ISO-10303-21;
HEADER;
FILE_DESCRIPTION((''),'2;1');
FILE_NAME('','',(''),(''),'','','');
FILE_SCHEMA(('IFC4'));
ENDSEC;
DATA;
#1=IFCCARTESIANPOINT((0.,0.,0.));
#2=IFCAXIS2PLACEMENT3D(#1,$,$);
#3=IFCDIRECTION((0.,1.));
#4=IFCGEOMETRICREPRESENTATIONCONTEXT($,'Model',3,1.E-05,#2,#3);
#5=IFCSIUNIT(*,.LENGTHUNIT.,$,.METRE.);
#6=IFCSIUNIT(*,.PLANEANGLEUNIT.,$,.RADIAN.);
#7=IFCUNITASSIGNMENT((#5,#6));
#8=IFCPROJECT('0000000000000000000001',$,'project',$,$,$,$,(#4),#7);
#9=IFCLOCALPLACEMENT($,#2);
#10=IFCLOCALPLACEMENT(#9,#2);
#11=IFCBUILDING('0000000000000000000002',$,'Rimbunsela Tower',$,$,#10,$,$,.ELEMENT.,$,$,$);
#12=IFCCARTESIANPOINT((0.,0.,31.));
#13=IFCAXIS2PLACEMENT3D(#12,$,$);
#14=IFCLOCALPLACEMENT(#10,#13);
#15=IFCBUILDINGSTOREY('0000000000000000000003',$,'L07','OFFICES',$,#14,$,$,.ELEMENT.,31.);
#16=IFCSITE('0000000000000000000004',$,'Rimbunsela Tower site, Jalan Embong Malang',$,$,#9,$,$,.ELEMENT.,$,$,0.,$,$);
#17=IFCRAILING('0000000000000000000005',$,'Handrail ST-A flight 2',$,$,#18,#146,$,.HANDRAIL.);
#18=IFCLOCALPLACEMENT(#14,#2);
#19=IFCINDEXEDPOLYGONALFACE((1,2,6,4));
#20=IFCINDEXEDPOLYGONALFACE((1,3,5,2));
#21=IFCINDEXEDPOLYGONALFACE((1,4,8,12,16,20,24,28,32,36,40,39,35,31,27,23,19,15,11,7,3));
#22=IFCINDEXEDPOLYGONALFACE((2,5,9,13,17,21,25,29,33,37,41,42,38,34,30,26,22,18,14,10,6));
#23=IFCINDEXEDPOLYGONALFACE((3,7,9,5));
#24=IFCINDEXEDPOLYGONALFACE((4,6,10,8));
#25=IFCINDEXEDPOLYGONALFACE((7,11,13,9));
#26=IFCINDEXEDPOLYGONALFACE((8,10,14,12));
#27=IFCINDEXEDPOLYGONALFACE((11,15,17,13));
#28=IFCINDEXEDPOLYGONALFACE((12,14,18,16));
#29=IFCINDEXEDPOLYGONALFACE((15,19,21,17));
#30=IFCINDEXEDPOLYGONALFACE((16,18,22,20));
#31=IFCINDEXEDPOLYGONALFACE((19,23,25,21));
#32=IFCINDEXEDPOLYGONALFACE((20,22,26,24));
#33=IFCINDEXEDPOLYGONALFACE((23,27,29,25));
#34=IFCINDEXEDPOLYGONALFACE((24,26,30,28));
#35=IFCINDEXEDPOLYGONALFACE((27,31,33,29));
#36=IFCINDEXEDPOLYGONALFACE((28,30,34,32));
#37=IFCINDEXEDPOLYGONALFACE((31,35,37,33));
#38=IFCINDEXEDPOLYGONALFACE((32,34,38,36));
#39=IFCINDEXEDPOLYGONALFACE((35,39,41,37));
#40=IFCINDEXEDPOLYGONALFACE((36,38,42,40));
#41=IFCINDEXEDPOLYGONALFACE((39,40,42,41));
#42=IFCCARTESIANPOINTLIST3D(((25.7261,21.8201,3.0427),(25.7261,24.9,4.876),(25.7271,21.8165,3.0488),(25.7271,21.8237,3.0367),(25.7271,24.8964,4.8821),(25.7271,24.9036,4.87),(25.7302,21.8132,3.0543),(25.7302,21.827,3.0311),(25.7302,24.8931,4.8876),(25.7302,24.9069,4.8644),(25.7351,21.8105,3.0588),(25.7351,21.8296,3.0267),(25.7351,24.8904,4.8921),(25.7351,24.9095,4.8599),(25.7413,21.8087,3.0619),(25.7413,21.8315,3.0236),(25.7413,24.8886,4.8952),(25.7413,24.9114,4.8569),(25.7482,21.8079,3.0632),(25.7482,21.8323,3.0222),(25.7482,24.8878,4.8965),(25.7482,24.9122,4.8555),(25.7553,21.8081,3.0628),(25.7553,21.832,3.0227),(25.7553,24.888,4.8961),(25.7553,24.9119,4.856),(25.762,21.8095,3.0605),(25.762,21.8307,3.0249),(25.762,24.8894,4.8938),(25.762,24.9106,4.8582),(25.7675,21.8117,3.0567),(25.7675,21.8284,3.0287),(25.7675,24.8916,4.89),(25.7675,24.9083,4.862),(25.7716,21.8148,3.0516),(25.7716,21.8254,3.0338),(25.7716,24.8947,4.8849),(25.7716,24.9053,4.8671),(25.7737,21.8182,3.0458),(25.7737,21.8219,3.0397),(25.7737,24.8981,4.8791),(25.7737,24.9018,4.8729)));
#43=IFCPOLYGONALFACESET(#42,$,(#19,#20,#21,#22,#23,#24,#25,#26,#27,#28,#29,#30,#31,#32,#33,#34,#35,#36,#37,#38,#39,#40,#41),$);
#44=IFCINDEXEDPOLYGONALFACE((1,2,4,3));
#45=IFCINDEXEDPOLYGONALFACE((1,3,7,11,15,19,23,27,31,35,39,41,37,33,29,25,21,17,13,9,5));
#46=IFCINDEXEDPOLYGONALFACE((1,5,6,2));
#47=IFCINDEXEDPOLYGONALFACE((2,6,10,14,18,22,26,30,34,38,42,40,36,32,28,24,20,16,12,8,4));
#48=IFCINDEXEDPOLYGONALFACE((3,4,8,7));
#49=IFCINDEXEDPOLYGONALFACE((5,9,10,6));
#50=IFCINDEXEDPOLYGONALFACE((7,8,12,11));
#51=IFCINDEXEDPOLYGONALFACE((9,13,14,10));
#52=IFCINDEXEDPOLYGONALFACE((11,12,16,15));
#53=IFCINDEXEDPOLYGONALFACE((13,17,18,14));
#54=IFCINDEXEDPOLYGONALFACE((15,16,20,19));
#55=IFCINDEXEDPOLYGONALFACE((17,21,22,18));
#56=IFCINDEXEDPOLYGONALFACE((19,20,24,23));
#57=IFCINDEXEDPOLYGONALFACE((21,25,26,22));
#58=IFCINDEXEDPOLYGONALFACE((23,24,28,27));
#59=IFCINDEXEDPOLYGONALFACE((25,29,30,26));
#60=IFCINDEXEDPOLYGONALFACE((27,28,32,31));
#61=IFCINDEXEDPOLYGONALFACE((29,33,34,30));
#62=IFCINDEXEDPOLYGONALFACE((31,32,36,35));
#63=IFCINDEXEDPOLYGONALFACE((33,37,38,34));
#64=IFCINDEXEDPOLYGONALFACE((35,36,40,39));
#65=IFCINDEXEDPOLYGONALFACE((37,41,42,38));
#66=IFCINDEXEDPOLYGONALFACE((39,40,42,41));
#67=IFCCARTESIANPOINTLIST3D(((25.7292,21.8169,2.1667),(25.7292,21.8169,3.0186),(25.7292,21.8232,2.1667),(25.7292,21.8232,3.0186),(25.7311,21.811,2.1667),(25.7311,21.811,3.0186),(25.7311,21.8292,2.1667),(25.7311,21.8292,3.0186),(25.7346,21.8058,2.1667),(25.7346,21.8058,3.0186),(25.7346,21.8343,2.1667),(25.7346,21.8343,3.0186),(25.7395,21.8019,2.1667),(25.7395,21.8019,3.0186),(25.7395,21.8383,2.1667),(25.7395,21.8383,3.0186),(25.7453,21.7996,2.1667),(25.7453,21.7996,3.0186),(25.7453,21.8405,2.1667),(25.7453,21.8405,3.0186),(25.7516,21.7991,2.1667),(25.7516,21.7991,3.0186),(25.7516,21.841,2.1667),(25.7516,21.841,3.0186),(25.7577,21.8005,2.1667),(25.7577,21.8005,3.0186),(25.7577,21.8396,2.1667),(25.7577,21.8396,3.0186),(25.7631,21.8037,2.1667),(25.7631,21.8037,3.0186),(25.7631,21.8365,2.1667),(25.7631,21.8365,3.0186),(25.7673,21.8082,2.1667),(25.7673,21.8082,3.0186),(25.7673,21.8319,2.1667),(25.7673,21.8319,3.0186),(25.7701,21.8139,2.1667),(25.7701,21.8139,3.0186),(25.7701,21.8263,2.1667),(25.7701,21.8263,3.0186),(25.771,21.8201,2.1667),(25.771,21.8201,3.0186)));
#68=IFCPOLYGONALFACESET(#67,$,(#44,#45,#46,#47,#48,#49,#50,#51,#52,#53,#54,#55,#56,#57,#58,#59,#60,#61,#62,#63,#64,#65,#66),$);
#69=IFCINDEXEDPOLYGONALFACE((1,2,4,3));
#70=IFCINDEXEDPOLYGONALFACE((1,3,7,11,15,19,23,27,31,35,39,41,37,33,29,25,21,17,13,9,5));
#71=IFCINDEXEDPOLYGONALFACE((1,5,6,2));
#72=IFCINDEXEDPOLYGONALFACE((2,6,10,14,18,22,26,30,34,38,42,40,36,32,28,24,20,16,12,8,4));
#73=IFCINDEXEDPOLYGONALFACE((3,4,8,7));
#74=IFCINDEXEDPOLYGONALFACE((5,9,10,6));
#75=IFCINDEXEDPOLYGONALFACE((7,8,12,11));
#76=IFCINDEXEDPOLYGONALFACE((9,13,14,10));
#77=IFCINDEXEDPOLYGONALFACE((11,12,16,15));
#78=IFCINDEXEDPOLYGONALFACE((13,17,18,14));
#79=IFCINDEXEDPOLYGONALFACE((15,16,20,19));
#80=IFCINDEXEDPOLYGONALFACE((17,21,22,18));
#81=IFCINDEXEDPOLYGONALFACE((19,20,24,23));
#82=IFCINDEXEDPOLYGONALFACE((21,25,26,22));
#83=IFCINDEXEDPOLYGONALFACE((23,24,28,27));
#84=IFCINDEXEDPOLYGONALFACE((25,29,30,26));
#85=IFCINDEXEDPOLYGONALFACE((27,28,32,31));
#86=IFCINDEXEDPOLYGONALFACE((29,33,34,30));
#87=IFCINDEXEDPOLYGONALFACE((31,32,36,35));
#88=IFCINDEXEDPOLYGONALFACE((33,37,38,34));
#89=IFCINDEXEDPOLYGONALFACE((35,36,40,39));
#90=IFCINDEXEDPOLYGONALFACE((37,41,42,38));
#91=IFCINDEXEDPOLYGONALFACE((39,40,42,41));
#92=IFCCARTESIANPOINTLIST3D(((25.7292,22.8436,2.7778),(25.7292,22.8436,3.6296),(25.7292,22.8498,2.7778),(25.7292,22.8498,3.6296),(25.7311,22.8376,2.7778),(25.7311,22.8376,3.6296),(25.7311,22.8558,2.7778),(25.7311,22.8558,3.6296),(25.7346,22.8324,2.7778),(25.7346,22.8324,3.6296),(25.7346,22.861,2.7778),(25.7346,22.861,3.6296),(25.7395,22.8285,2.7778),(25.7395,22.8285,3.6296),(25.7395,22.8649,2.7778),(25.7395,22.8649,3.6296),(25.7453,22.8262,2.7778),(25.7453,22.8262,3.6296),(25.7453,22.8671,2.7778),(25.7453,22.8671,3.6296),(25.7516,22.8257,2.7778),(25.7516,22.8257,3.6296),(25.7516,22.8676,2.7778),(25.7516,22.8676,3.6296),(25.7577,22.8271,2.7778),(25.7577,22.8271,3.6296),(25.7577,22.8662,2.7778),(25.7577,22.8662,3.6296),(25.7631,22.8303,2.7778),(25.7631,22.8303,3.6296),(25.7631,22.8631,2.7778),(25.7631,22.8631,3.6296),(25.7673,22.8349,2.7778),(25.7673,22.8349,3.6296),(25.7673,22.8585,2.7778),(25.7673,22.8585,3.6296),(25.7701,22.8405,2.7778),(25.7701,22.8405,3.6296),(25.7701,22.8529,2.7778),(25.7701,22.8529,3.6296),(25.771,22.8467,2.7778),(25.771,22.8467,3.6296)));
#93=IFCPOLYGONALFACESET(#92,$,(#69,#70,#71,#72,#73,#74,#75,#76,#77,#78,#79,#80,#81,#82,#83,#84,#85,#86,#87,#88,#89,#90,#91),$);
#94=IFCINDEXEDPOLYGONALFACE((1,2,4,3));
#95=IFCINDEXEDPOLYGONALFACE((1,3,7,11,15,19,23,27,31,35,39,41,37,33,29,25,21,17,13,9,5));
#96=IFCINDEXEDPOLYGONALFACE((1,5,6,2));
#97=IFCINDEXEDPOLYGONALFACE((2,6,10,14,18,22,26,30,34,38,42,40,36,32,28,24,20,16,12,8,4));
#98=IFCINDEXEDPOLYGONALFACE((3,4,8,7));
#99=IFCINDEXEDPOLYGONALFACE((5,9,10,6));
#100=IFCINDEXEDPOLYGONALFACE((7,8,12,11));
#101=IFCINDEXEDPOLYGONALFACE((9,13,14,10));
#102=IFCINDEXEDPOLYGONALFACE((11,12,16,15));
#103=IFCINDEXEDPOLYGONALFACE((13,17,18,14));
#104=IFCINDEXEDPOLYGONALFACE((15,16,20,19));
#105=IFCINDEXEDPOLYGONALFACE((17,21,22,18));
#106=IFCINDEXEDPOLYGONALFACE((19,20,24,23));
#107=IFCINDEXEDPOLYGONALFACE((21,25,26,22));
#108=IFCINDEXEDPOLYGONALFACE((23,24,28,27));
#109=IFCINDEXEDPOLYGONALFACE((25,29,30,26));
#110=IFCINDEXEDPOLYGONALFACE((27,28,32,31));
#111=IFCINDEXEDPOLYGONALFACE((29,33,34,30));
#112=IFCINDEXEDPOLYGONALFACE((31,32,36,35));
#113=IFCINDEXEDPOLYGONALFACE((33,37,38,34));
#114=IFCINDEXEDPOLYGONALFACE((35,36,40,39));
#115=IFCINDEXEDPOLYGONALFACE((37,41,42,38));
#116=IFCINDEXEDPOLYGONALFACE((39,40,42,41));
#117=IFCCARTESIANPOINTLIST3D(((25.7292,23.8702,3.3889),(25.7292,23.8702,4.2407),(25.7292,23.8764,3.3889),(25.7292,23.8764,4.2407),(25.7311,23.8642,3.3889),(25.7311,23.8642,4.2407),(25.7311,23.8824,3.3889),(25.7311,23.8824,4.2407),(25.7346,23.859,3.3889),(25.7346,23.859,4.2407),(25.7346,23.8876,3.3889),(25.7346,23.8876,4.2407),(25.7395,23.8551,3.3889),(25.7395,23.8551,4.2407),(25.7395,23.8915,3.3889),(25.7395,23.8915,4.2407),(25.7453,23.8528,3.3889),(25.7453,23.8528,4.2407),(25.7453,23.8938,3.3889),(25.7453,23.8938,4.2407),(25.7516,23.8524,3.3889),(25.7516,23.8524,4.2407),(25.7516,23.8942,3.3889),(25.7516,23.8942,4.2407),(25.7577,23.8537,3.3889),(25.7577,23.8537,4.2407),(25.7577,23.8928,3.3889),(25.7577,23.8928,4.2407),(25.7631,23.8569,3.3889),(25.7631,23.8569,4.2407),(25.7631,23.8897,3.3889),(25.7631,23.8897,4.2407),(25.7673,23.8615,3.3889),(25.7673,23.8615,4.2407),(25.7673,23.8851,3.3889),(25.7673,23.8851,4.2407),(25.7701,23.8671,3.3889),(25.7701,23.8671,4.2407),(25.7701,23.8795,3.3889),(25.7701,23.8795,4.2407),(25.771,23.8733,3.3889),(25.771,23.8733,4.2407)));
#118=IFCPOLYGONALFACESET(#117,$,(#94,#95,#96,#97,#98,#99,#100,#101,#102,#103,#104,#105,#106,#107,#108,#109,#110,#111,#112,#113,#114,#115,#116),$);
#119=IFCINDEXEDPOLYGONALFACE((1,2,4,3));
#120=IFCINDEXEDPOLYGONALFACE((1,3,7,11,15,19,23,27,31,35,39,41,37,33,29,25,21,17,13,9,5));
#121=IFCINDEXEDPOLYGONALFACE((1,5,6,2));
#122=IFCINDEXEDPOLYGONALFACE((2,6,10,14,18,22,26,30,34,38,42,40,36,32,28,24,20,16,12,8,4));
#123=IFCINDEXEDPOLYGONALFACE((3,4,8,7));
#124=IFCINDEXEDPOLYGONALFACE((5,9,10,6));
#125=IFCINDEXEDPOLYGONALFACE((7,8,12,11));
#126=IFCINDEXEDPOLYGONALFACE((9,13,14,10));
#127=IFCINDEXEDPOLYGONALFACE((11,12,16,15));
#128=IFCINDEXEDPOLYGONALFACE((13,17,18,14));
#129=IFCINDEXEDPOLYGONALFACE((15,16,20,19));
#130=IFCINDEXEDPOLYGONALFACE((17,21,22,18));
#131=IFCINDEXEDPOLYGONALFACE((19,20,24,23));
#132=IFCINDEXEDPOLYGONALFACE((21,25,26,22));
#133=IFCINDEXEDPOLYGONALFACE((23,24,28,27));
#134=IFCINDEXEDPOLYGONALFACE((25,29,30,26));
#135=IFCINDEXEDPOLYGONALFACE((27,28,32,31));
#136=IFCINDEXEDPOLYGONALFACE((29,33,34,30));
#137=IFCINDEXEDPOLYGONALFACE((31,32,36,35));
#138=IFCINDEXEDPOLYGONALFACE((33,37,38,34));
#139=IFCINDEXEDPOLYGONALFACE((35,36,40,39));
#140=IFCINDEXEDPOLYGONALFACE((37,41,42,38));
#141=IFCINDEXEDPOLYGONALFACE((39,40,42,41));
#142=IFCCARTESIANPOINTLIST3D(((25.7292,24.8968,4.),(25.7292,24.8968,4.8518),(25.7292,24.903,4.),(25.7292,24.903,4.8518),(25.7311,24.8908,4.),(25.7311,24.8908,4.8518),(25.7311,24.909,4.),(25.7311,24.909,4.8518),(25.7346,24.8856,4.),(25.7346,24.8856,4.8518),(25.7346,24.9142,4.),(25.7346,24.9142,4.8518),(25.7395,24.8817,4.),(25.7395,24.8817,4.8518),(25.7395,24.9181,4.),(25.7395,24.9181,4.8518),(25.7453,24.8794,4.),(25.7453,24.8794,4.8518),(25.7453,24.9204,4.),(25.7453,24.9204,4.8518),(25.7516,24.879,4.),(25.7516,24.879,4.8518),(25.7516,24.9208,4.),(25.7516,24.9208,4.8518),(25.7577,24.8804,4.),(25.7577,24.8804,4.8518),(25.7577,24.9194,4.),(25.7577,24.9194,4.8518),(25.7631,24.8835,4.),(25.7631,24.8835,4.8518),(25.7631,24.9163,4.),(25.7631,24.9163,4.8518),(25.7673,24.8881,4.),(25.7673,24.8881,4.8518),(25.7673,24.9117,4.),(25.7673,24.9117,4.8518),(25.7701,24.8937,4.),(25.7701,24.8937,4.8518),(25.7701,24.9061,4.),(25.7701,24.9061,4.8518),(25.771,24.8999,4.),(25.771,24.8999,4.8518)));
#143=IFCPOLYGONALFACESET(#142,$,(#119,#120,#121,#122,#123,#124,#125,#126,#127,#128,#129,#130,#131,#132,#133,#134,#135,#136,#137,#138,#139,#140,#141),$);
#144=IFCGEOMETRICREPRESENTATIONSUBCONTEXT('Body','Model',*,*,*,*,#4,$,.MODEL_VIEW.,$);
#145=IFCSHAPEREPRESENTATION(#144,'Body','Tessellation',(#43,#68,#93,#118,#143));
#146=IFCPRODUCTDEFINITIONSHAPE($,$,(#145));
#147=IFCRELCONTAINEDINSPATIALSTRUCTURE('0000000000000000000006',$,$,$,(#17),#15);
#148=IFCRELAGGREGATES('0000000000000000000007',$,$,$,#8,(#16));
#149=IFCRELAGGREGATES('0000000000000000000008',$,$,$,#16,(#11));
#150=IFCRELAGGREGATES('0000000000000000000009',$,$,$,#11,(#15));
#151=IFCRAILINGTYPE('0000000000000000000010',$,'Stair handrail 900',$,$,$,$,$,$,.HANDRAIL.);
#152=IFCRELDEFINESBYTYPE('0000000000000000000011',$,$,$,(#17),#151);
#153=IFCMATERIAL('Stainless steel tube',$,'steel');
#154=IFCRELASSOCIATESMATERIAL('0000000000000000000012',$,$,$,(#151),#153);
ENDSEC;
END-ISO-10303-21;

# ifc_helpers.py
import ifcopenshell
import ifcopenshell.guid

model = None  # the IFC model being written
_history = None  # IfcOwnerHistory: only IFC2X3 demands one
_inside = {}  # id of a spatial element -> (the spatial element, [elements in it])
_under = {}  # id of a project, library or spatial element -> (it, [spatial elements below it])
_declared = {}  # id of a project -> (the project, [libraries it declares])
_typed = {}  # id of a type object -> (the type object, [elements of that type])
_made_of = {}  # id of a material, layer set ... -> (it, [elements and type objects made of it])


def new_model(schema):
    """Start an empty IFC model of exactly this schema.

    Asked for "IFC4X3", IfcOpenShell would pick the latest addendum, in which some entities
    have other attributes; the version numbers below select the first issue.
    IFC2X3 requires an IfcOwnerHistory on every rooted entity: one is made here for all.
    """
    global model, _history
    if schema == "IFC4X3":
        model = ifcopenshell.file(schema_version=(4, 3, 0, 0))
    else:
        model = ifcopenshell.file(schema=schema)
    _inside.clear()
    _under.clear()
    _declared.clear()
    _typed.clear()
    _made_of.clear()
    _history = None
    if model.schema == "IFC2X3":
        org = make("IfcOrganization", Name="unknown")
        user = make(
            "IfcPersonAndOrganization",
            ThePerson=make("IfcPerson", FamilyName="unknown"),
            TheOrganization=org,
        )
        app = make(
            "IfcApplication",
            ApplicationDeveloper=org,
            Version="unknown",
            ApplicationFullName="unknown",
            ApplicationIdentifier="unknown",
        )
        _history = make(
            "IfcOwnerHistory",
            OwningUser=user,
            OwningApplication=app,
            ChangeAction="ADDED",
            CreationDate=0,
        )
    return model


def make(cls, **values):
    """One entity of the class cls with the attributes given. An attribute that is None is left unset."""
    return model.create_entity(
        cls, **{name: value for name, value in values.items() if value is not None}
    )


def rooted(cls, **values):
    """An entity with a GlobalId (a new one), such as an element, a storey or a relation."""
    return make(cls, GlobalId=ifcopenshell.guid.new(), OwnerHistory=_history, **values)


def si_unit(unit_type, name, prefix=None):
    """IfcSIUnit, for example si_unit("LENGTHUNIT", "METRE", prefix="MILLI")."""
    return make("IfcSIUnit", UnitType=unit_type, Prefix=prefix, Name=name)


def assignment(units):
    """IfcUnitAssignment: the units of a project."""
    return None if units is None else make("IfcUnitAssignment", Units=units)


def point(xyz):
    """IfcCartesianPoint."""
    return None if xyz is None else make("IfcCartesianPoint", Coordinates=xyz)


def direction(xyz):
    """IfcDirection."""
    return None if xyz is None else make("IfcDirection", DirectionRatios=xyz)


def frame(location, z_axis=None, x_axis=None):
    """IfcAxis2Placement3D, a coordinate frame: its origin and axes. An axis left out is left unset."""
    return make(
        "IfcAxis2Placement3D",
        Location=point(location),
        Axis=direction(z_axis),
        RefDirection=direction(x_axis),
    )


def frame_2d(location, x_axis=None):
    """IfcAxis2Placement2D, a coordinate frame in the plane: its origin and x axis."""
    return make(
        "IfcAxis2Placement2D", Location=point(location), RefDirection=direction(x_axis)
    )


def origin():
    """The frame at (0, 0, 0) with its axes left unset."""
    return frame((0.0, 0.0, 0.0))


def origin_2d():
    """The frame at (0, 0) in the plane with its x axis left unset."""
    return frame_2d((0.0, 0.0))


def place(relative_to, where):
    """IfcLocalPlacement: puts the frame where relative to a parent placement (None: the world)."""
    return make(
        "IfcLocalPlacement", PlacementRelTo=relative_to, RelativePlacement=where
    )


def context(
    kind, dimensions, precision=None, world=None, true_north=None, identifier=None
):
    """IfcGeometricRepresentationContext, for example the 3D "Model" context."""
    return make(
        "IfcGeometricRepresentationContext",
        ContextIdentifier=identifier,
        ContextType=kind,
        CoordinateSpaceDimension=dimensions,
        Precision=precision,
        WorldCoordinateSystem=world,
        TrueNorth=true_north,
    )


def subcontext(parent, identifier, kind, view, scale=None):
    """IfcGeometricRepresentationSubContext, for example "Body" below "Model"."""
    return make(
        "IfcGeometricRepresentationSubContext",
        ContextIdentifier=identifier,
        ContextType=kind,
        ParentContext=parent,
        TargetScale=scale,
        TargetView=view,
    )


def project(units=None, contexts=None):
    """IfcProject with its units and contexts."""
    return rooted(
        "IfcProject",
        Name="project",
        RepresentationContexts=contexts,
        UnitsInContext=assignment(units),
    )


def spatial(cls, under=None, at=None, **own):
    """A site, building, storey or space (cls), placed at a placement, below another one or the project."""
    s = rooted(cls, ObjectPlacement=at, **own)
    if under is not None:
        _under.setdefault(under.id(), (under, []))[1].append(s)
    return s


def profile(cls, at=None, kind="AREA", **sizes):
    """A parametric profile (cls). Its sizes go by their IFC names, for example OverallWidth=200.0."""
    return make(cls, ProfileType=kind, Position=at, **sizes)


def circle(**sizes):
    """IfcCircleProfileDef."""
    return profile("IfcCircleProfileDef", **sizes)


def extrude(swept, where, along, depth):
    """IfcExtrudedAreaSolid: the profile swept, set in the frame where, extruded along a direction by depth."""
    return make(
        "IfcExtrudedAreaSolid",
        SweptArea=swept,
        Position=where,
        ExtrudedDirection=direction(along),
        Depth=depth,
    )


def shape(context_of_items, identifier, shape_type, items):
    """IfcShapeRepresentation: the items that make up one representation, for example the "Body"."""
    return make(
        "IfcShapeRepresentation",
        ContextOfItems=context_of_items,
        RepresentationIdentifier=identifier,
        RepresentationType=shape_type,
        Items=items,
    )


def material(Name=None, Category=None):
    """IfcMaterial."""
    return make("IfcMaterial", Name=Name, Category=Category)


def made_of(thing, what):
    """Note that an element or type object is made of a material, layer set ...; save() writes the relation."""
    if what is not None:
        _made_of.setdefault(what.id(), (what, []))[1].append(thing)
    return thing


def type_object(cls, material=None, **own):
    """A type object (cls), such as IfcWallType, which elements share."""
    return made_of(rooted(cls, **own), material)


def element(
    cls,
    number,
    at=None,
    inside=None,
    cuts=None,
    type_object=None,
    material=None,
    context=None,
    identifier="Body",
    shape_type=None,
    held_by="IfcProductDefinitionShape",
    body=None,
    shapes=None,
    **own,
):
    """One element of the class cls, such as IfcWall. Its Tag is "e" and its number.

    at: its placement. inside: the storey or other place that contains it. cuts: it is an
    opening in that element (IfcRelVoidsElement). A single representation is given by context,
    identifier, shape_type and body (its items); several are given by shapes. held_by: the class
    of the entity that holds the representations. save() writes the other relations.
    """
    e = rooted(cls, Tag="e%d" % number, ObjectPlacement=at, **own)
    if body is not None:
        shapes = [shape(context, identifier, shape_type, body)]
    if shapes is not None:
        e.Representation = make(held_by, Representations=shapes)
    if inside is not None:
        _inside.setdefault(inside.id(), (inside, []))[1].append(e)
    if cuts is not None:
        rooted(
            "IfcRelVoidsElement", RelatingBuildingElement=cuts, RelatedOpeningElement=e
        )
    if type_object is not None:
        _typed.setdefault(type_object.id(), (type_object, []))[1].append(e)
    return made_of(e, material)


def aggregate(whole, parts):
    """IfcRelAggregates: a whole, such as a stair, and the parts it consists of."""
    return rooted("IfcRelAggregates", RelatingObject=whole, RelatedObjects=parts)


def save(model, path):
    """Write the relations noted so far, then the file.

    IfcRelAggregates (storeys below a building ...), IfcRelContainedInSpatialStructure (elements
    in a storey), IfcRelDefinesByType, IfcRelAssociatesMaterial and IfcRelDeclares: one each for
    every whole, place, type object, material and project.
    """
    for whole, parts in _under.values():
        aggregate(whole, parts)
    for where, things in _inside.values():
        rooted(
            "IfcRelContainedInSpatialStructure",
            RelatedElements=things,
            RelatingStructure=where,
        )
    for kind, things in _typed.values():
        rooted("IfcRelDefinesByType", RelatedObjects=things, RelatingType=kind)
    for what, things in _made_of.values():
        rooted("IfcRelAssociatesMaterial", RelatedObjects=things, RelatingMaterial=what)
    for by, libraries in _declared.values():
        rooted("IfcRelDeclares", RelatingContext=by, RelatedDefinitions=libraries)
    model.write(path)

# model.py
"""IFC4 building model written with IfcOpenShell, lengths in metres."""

from ifc_helpers import new_model, si_unit, direction, frame, origin, origin_2d, place, context, subcontext, project, spatial, circle, extrude, material, type_object, element, save


model = new_model("IFC4")

# Units and contexts
model_context = context("Model", 3, precision=1e-05, world=origin(), true_north=direction((0.0, 1.0)))
body_context = subcontext(model_context, "Body", "Model", "MODEL_VIEW")
ifc_project = project(units=[si_unit("LENGTHUNIT", "METRE"), si_unit("PLANEANGLEUNIT", "RADIAN")], contexts=[model_context])

# Site, building, storey
site_placement = place(None, origin())
site = spatial("IfcSite", under=ifc_project, at=site_placement, Name="Rimbunsela Tower site, Jalan Embong Malang", CompositionType="ELEMENT", RefElevation=0.0)
building_placement = place(site_placement, origin())
building = spatial("IfcBuilding", under=site, at=building_placement, Name="Rimbunsela Tower", CompositionType="ELEMENT")
storey_placement = place(building_placement, frame((0.0, 0.0, 31.0)))
storey = spatial("IfcBuildingStorey", under=building, at=storey_placement, Name="L07", Description="OFFICES", CompositionType="ELEMENT", Elevation=31.0)

# Railing
ifc_material_1 = material(Name="Stainless steel tube", Category="steel")
railing_type = type_object("IfcRailingType", Name="Stair handrail 900", PredefinedType="HANDRAIL", material=ifc_material_1)
railing_1_placement = place(storey_placement, frame((25.75, 21.8201, 2.1667)))
element("IfcRailing", 1, at=railing_1_placement, inside=storey, type_object=railing_type, Name="Handrail ST-A flight 2", PredefinedType="HANDRAIL", context=body_context, shape_type="SweptSolid", body=[
    extrude(circle(Radius=0.0239, at=origin_2d()), frame((0.0, 0.0, 0.876), z_axis=(0.0, 0.859291, 0.511487), x_axis=(-1.0, 0.0, 0.0)), (0.0, 0.0, 1.0), 3.5842),
    extrude(circle(Radius=0.021, at=origin_2d()), origin(), (0.0, 0.0, 1.0), 0.8518),
    extrude(circle(Radius=0.021, at=origin_2d()), frame((0.0, 1.0266, 0.6111)), (0.0, 0.0, 1.0), 0.8518),
    extrude(circle(Radius=0.021, at=origin_2d()), frame((0.0, 2.0532, 1.2222)), (0.0, 0.0, 1.0), 0.8518),
    extrude(circle(Radius=0.021, at=origin_2d()), frame((0.0, 3.0798, 1.8333)), (0.0, 0.0, 1.0), 0.8518),
])

save(model, "model.ifc")
